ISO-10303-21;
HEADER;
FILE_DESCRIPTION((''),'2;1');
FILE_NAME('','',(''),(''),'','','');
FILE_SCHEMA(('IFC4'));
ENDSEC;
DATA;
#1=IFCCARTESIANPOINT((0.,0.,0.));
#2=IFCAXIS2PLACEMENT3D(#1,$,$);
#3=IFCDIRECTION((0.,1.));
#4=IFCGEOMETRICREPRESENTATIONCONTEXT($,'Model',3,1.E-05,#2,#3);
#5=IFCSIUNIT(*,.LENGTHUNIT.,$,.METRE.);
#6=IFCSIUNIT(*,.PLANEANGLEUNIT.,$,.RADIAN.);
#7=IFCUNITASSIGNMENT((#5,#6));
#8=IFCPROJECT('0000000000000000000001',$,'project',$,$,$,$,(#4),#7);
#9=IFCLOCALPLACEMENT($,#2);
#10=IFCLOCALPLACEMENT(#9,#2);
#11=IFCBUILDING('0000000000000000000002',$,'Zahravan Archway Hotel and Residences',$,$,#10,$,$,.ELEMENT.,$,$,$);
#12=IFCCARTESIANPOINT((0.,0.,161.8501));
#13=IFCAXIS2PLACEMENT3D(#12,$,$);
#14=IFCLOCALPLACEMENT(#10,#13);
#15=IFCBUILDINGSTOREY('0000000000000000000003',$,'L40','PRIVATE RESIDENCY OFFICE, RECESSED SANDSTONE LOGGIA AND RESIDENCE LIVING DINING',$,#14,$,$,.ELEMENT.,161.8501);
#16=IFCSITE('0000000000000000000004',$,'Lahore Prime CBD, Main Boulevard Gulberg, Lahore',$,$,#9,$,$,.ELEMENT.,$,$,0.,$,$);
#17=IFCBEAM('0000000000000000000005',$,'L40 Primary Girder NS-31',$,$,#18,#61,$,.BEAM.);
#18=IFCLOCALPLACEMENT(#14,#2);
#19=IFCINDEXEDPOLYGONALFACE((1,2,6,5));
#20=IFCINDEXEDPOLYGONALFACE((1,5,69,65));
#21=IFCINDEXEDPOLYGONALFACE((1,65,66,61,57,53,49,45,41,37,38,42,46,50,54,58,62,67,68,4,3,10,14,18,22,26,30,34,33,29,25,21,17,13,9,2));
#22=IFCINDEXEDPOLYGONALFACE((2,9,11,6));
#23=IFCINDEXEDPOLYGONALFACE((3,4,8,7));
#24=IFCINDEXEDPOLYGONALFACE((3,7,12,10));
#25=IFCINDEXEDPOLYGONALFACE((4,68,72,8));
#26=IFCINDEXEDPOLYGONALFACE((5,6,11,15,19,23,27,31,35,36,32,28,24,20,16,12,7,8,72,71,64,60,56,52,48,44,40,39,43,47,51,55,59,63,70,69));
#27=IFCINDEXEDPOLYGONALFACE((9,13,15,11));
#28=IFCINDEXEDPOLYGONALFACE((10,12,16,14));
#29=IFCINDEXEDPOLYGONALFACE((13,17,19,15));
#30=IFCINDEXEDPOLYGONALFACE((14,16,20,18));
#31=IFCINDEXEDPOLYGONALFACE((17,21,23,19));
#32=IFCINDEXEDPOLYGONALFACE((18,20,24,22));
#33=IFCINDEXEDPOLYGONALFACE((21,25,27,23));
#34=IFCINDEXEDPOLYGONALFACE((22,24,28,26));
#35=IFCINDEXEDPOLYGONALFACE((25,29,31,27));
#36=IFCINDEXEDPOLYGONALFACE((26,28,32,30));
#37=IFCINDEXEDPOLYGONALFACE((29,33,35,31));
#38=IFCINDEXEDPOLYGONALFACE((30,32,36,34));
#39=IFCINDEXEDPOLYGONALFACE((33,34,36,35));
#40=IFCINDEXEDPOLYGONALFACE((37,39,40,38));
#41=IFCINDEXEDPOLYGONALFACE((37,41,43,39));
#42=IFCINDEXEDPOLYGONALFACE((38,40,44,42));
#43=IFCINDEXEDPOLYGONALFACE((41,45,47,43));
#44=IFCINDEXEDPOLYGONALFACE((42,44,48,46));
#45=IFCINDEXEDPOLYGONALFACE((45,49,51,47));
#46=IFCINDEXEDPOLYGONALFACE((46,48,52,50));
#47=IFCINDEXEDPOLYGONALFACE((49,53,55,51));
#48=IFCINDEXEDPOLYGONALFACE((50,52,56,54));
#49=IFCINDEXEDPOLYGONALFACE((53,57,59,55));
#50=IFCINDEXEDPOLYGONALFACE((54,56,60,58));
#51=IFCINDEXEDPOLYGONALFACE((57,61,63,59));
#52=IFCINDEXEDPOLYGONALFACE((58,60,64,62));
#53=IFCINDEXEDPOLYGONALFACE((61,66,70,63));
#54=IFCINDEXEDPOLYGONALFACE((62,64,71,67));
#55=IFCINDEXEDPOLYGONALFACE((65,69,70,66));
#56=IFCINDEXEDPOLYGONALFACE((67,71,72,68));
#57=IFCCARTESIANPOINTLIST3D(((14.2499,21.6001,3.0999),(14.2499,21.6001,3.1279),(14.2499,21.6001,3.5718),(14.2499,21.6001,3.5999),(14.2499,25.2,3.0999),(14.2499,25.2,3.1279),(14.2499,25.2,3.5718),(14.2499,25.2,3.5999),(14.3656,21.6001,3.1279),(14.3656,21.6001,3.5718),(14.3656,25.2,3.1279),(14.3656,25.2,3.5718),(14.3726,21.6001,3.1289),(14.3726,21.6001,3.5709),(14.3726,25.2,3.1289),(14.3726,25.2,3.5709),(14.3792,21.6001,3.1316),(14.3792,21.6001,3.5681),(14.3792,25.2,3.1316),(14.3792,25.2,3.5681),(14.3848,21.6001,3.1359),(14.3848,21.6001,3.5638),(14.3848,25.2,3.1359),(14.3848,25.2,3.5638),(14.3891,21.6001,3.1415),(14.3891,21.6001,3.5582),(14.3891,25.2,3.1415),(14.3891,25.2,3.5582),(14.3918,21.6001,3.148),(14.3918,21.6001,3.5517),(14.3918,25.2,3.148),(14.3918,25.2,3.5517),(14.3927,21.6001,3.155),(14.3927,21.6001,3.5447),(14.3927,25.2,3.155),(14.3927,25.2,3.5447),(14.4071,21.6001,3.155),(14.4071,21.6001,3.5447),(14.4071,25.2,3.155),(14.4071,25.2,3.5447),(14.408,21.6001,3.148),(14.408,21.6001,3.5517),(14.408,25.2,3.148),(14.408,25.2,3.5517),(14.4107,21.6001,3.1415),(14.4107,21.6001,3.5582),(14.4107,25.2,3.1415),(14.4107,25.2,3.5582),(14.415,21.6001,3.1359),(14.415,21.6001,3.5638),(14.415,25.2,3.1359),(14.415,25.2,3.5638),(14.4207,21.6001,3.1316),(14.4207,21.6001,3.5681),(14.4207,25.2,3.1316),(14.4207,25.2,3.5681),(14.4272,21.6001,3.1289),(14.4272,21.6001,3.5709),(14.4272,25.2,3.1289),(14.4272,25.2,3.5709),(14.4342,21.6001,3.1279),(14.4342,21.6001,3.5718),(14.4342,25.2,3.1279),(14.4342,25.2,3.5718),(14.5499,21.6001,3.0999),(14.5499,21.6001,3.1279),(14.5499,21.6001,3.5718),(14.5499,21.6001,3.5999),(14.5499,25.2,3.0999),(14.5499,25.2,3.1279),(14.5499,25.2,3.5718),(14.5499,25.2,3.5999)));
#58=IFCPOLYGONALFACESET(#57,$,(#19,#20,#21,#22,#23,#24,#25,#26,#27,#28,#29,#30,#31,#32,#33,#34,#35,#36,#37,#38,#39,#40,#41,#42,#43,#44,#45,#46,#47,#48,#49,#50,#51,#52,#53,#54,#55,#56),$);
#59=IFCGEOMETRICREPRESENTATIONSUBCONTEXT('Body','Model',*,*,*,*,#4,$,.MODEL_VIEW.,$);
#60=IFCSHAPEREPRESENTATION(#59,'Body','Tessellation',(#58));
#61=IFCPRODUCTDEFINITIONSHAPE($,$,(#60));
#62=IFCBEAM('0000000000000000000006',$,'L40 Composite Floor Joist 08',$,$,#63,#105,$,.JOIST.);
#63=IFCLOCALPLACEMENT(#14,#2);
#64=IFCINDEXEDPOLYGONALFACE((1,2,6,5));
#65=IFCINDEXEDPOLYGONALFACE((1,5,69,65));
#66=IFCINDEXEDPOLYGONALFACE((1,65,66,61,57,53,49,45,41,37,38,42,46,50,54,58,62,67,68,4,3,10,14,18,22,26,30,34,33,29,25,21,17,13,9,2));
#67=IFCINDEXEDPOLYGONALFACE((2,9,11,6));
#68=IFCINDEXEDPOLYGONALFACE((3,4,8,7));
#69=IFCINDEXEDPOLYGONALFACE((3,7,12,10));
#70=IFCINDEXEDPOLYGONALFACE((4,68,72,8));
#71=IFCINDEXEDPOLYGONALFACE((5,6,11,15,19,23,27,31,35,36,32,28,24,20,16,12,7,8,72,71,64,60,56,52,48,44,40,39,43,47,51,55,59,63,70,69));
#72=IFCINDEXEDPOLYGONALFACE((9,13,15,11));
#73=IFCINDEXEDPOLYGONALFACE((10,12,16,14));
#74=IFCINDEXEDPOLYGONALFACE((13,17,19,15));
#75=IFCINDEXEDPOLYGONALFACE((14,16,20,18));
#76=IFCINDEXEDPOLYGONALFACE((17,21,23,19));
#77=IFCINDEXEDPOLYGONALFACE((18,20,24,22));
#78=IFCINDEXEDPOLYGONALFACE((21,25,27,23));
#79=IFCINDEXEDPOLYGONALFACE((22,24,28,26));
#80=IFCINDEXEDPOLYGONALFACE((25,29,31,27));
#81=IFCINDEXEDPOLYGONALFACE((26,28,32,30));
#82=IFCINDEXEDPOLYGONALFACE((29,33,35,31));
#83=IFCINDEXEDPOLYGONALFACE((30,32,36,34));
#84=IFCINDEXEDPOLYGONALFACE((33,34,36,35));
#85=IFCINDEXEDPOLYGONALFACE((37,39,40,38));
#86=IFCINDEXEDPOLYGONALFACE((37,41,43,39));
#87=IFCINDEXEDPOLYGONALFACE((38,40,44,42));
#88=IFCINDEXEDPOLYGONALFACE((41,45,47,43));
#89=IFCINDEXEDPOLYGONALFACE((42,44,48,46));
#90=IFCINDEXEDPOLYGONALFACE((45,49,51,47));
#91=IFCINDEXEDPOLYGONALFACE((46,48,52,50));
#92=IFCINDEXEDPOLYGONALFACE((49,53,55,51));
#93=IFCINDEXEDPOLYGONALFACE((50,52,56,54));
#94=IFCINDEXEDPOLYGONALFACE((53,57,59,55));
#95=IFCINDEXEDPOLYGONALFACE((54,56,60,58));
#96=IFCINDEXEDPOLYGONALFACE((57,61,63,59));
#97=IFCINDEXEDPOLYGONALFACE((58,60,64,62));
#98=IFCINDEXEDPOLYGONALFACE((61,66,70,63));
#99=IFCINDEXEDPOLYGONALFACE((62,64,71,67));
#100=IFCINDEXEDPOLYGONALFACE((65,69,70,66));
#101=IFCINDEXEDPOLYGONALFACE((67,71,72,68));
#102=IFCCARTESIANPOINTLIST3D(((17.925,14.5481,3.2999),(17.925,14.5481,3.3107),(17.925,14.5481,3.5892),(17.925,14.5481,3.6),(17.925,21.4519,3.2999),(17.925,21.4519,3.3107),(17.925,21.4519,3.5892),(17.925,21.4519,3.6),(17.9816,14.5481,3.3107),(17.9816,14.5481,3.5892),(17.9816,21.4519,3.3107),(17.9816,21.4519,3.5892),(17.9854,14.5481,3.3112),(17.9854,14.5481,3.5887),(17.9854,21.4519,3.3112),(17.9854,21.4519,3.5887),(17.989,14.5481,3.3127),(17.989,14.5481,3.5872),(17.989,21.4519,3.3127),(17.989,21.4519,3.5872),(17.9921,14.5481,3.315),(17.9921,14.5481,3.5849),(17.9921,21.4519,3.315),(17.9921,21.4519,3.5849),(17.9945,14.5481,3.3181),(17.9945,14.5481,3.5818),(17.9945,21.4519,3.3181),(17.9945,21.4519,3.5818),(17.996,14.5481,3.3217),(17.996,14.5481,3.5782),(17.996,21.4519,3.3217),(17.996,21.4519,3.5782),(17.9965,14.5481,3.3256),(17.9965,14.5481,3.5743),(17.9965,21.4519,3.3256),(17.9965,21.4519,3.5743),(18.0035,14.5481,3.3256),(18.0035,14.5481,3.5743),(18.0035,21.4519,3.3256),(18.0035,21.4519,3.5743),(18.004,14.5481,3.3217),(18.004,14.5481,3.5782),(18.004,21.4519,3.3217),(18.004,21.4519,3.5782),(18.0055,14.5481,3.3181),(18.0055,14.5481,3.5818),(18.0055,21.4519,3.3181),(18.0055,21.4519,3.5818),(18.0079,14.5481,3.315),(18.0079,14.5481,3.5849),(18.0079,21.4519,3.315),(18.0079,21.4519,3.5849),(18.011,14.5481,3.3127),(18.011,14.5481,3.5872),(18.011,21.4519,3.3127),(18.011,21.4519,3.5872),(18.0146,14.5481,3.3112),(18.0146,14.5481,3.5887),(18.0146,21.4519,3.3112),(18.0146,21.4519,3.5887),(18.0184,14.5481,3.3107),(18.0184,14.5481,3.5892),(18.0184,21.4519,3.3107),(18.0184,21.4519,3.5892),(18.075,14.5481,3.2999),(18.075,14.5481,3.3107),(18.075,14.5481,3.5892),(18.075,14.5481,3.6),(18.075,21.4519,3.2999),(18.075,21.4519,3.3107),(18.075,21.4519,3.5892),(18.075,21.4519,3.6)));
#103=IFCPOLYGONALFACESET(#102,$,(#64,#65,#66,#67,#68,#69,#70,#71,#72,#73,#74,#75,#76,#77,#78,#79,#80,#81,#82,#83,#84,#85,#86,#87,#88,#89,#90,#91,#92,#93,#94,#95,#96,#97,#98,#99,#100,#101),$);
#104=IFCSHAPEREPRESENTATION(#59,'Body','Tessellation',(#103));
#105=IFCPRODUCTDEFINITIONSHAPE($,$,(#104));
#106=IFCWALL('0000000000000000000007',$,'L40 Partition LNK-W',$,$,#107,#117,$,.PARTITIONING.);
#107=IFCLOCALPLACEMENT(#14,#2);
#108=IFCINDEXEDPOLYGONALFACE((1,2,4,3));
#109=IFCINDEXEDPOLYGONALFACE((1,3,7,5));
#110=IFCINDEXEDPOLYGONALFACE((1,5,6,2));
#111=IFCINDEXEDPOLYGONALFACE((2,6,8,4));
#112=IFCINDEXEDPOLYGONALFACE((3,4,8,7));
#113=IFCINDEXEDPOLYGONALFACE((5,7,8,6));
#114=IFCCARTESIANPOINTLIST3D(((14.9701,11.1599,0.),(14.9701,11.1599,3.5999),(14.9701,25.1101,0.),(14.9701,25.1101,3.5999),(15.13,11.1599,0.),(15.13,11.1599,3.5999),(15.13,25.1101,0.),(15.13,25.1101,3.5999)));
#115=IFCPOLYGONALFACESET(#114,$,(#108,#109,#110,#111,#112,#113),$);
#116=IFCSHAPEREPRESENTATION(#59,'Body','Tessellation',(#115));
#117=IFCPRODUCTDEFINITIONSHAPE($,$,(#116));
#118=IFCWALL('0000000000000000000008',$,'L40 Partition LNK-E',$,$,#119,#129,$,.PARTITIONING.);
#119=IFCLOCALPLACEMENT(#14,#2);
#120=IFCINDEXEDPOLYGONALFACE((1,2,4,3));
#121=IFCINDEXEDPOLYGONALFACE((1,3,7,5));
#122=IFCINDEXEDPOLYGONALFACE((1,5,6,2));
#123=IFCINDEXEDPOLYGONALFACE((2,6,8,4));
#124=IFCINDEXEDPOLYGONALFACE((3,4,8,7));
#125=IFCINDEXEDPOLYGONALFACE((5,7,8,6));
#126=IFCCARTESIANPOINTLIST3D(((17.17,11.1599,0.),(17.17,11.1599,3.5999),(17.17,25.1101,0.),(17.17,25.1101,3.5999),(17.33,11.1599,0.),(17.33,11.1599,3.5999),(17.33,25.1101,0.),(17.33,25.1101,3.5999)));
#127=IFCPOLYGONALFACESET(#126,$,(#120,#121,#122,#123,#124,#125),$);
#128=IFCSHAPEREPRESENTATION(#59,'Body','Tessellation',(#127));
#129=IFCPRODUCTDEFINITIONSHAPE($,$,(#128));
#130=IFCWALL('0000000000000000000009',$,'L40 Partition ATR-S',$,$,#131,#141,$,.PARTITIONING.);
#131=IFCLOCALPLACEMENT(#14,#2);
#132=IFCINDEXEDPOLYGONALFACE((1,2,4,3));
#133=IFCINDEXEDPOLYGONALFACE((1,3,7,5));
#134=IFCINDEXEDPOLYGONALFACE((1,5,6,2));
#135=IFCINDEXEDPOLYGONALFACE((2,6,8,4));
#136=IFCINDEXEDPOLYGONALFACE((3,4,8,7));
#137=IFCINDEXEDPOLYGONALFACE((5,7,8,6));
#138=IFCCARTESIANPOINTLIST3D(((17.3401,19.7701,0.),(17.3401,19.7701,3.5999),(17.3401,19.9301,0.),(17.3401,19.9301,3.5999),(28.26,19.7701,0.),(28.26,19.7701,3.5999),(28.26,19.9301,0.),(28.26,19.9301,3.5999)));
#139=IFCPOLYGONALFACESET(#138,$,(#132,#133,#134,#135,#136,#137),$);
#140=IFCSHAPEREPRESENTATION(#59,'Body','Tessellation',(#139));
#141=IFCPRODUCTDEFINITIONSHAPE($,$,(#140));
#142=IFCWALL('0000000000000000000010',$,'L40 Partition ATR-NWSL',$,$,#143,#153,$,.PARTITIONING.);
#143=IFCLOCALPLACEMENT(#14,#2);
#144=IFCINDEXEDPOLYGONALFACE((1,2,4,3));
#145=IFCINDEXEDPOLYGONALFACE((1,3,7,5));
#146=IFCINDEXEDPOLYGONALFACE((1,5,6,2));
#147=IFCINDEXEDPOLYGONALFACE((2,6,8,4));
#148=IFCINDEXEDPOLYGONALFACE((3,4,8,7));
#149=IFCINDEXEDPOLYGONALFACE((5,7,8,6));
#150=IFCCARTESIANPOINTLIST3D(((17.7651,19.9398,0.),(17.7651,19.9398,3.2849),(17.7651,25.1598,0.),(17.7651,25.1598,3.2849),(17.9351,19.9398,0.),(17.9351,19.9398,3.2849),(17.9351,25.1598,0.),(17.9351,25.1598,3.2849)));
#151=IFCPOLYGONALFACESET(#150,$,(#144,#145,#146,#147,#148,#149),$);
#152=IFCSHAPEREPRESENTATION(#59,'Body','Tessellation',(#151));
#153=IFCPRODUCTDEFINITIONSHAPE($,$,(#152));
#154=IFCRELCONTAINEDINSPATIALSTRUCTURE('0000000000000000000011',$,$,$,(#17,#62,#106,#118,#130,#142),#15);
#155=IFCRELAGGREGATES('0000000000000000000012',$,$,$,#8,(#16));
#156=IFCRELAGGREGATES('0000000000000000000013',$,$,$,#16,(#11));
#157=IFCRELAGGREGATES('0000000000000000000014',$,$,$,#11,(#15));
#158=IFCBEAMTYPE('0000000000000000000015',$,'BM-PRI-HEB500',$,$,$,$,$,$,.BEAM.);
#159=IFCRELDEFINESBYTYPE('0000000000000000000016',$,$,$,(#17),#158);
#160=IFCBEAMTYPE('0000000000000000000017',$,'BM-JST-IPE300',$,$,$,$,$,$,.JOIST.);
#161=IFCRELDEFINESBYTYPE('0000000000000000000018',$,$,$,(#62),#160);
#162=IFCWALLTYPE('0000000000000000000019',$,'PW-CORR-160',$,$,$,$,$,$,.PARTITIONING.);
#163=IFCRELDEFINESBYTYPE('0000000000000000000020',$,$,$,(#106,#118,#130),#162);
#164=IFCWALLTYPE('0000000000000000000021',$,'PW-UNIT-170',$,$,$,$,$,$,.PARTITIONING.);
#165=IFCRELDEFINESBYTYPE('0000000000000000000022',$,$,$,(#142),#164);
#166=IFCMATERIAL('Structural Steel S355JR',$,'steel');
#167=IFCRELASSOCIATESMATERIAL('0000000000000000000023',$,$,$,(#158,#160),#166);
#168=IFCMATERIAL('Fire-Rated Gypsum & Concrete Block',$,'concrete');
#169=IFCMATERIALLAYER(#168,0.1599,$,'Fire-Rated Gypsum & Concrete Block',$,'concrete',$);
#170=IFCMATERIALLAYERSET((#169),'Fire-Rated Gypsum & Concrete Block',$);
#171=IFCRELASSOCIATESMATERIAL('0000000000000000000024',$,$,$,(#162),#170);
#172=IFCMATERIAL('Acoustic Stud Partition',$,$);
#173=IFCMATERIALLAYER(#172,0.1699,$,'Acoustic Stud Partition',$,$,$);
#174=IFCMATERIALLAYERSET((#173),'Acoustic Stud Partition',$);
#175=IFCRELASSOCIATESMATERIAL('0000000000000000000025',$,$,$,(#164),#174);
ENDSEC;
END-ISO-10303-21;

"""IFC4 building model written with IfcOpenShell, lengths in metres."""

from ifc_helpers import new_model, si_unit, direction, frame, frame_2d, origin, origin_2d, place, context, subcontext, project, spatial, rectangle, i_section, extrude, source, transform, mapped, material, layer, layer_set, material_profile, profile_set, type_object, element, save


model = new_model("IFC4")

# Units and contexts
model_context = context("Model", 3, precision=1e-05, world=origin(), true_north=direction((0.0, 1.0)))
body_context = subcontext(model_context, "Body", "Model", "MODEL_VIEW")
ifc_project = project(units=[si_unit("LENGTHUNIT", "METRE"), si_unit("PLANEANGLEUNIT", "RADIAN")], contexts=[model_context])

# Site, building, storey
site_placement = place(None, origin())
site = spatial("IfcSite", under=ifc_project, at=site_placement, Name="Lahore Prime CBD, Main Boulevard Gulberg, Lahore", CompositionType="ELEMENT", RefElevation=0.0)
building_placement = place(site_placement, origin())
building = spatial("IfcBuilding", under=site, at=building_placement, Name="Zahravan Archway Hotel and Residences", CompositionType="ELEMENT")
storey_placement = place(building_placement, frame((0.0, 0.0, 161.8501)))
storey = spatial("IfcBuildingStorey", under=building, at=storey_placement, Name="L40", Description="PRIVATE RESIDENCY OFFICE, RECESSED SANDSTONE LOGGIA AND RESIDENCE LIVING DINING", CompositionType="ELEMENT", Elevation=161.8501)

# Beams
ifc_material_1 = material(Name="Structural Steel S355JR", Category="steel")
ifc_material_profile_1 = material_profile(ifc_material_1, i_section(OverallWidth=0.3, OverallDepth=0.5, WebThickness=0.0144, FlangeThickness=0.0281, FilletRadius=0.0271, at=origin_2d()), Name="HEB 500", Category="steel")
ifc_profile_set_1 = profile_set([ifc_material_profile_1], Name="Structural Steel S355JR")
beam_type_1 = type_object("IfcBeamType", Name="BM-PRI-HEB500", PredefinedType="BEAM", material=ifc_profile_set_1)
shared_shape_1 = source(origin(), body_context, "Body", "SweptSolid", [
    extrude(i_section(OverallWidth=0.3, OverallDepth=0.5, WebThickness=0.0144, FlangeThickness=0.0281, FilletRadius=0.0271, at=origin_2d()), origin(), (0.0, 0.0, 1.0), 3.5999),
])
beam_1_placement = place(storey_placement, frame((14.3999, 21.6001, 3.3499), z_axis=(0.0, 1.0, 0.0), x_axis=(-1.0, 0.0, 0.0)))
element("IfcBeam", 1, at=beam_1_placement, inside=storey, type_object=beam_type_1, Name="L40 Primary Girder NS-31", PredefinedType="BEAM", context=body_context, shape_type="MappedRepresentation", body=[
    mapped(shared_shape_1, transform((0.0, 0.0, 0.0), scale=1.0)),
])
ifc_material_profile_2 = material_profile(ifc_material_1, i_section(OverallWidth=0.1499, OverallDepth=0.3, WebThickness=0.0071, FlangeThickness=0.0107, FilletRadius=0.0149, at=origin_2d()), Name="IPE 300", Category="steel")
ifc_profile_set_2 = profile_set([ifc_material_profile_2], Name="Structural Steel S355JR")
beam_type_2 = type_object("IfcBeamType", Name="BM-JST-IPE300", PredefinedType="JOIST", material=ifc_profile_set_2)
shared_shape_2 = source(origin(), body_context, "Body", "SweptSolid", [
    extrude(i_section(OverallWidth=0.1499, OverallDepth=0.3, WebThickness=0.0071, FlangeThickness=0.0107, FilletRadius=0.0149, at=origin_2d()), origin(), (0.0, 0.0, 1.0), 6.9038),
])
beam_2_placement = place(storey_placement, frame((18.0, 14.5481, 3.45), z_axis=(0.0, 1.0, 0.0), x_axis=(-1.0, 0.0, 0.0)))
element("IfcBeam", 2, at=beam_2_placement, inside=storey, type_object=beam_type_2, Name="L40 Composite Floor Joist 08", PredefinedType="JOIST", context=body_context, shape_type="MappedRepresentation", body=[
    mapped(shared_shape_2, transform((0.0, 0.0, 0.0), scale=1.0)),
])

# Walls
ifc_material_2 = material(Name="Fire-Rated Gypsum & Concrete Block", Category="concrete")
ifc_layer_1 = layer(ifc_material_2, 0.1599, Name="Fire-Rated Gypsum & Concrete Block", Category="concrete")
ifc_layer_set_1 = layer_set([ifc_layer_1], Name="Fire-Rated Gypsum & Concrete Block")
wall_type_1 = type_object("IfcWallType", Name="PW-CORR-160", PredefinedType="PARTITIONING", material=ifc_layer_set_1)
for number, where, z_axis, x_axis, name in (
    (3, (15.05, 11.1599, 0.0), (0.0, 0.0, 1.0), (0.0, 1.0, 0.0), "L40 Partition LNK-W"),
    (4, (17.25, 11.1599, 0.0), (0.0, 0.0, 1.0), (0.0, 1.0, 0.0), "L40 Partition LNK-E"),
):
    element("IfcWall", number, at=place(storey_placement, frame(where, z_axis=z_axis, x_axis=x_axis)), inside=storey, type_object=wall_type_1, Name=name, PredefinedType="PARTITIONING", context=body_context, shape_type="SweptSolid", body=[
        extrude(rectangle(XDim=13.9502, YDim=0.1599, at=frame_2d((6.9751, 0.0))), origin(), (0.0, 0.0, 1.0), 3.5999),
    ])
wall_1_placement = place(storey_placement, frame((17.3401, 19.8501, 0.0), z_axis=(0.0, 0.0, 1.0), x_axis=(1.0, 0.0, 0.0)))
element("IfcWall", 5, at=wall_1_placement, inside=storey, type_object=wall_type_1, Name="L40 Partition ATR-S", PredefinedType="PARTITIONING", context=body_context, shape_type="SweptSolid", body=[
    extrude(rectangle(XDim=10.9199, YDim=0.1599, at=frame_2d((5.46, 0.0))), origin(), (0.0, 0.0, 1.0), 3.5999),
])
ifc_material_3 = material(Name="Acoustic Stud Partition")
ifc_layer_2 = layer(ifc_material_3, 0.1699, Name="Acoustic Stud Partition")
ifc_layer_set_2 = layer_set([ifc_layer_2], Name="Acoustic Stud Partition")
wall_type_2 = type_object("IfcWallType", Name="PW-UNIT-170", PredefinedType="PARTITIONING", material=ifc_layer_set_2)
wall_2_placement = place(storey_placement, frame((17.8501, 19.9399, 0.0), z_axis=(0.0, 0.0, 1.0), x_axis=(0.0, 1.0, 0.0)))
element("IfcWall", 6, at=wall_2_placement, inside=storey, type_object=wall_type_2, Name="L40 Partition ATR-NWSL", PredefinedType="PARTITIONING", context=body_context, shape_type="SweptSolid", body=[
    extrude(rectangle(XDim=5.22, YDim=0.1699, at=frame_2d((2.6099, 0.0))), origin(), (0.0, 0.0, 1.0), 3.2849),
])

save(model, "model.ifc")
